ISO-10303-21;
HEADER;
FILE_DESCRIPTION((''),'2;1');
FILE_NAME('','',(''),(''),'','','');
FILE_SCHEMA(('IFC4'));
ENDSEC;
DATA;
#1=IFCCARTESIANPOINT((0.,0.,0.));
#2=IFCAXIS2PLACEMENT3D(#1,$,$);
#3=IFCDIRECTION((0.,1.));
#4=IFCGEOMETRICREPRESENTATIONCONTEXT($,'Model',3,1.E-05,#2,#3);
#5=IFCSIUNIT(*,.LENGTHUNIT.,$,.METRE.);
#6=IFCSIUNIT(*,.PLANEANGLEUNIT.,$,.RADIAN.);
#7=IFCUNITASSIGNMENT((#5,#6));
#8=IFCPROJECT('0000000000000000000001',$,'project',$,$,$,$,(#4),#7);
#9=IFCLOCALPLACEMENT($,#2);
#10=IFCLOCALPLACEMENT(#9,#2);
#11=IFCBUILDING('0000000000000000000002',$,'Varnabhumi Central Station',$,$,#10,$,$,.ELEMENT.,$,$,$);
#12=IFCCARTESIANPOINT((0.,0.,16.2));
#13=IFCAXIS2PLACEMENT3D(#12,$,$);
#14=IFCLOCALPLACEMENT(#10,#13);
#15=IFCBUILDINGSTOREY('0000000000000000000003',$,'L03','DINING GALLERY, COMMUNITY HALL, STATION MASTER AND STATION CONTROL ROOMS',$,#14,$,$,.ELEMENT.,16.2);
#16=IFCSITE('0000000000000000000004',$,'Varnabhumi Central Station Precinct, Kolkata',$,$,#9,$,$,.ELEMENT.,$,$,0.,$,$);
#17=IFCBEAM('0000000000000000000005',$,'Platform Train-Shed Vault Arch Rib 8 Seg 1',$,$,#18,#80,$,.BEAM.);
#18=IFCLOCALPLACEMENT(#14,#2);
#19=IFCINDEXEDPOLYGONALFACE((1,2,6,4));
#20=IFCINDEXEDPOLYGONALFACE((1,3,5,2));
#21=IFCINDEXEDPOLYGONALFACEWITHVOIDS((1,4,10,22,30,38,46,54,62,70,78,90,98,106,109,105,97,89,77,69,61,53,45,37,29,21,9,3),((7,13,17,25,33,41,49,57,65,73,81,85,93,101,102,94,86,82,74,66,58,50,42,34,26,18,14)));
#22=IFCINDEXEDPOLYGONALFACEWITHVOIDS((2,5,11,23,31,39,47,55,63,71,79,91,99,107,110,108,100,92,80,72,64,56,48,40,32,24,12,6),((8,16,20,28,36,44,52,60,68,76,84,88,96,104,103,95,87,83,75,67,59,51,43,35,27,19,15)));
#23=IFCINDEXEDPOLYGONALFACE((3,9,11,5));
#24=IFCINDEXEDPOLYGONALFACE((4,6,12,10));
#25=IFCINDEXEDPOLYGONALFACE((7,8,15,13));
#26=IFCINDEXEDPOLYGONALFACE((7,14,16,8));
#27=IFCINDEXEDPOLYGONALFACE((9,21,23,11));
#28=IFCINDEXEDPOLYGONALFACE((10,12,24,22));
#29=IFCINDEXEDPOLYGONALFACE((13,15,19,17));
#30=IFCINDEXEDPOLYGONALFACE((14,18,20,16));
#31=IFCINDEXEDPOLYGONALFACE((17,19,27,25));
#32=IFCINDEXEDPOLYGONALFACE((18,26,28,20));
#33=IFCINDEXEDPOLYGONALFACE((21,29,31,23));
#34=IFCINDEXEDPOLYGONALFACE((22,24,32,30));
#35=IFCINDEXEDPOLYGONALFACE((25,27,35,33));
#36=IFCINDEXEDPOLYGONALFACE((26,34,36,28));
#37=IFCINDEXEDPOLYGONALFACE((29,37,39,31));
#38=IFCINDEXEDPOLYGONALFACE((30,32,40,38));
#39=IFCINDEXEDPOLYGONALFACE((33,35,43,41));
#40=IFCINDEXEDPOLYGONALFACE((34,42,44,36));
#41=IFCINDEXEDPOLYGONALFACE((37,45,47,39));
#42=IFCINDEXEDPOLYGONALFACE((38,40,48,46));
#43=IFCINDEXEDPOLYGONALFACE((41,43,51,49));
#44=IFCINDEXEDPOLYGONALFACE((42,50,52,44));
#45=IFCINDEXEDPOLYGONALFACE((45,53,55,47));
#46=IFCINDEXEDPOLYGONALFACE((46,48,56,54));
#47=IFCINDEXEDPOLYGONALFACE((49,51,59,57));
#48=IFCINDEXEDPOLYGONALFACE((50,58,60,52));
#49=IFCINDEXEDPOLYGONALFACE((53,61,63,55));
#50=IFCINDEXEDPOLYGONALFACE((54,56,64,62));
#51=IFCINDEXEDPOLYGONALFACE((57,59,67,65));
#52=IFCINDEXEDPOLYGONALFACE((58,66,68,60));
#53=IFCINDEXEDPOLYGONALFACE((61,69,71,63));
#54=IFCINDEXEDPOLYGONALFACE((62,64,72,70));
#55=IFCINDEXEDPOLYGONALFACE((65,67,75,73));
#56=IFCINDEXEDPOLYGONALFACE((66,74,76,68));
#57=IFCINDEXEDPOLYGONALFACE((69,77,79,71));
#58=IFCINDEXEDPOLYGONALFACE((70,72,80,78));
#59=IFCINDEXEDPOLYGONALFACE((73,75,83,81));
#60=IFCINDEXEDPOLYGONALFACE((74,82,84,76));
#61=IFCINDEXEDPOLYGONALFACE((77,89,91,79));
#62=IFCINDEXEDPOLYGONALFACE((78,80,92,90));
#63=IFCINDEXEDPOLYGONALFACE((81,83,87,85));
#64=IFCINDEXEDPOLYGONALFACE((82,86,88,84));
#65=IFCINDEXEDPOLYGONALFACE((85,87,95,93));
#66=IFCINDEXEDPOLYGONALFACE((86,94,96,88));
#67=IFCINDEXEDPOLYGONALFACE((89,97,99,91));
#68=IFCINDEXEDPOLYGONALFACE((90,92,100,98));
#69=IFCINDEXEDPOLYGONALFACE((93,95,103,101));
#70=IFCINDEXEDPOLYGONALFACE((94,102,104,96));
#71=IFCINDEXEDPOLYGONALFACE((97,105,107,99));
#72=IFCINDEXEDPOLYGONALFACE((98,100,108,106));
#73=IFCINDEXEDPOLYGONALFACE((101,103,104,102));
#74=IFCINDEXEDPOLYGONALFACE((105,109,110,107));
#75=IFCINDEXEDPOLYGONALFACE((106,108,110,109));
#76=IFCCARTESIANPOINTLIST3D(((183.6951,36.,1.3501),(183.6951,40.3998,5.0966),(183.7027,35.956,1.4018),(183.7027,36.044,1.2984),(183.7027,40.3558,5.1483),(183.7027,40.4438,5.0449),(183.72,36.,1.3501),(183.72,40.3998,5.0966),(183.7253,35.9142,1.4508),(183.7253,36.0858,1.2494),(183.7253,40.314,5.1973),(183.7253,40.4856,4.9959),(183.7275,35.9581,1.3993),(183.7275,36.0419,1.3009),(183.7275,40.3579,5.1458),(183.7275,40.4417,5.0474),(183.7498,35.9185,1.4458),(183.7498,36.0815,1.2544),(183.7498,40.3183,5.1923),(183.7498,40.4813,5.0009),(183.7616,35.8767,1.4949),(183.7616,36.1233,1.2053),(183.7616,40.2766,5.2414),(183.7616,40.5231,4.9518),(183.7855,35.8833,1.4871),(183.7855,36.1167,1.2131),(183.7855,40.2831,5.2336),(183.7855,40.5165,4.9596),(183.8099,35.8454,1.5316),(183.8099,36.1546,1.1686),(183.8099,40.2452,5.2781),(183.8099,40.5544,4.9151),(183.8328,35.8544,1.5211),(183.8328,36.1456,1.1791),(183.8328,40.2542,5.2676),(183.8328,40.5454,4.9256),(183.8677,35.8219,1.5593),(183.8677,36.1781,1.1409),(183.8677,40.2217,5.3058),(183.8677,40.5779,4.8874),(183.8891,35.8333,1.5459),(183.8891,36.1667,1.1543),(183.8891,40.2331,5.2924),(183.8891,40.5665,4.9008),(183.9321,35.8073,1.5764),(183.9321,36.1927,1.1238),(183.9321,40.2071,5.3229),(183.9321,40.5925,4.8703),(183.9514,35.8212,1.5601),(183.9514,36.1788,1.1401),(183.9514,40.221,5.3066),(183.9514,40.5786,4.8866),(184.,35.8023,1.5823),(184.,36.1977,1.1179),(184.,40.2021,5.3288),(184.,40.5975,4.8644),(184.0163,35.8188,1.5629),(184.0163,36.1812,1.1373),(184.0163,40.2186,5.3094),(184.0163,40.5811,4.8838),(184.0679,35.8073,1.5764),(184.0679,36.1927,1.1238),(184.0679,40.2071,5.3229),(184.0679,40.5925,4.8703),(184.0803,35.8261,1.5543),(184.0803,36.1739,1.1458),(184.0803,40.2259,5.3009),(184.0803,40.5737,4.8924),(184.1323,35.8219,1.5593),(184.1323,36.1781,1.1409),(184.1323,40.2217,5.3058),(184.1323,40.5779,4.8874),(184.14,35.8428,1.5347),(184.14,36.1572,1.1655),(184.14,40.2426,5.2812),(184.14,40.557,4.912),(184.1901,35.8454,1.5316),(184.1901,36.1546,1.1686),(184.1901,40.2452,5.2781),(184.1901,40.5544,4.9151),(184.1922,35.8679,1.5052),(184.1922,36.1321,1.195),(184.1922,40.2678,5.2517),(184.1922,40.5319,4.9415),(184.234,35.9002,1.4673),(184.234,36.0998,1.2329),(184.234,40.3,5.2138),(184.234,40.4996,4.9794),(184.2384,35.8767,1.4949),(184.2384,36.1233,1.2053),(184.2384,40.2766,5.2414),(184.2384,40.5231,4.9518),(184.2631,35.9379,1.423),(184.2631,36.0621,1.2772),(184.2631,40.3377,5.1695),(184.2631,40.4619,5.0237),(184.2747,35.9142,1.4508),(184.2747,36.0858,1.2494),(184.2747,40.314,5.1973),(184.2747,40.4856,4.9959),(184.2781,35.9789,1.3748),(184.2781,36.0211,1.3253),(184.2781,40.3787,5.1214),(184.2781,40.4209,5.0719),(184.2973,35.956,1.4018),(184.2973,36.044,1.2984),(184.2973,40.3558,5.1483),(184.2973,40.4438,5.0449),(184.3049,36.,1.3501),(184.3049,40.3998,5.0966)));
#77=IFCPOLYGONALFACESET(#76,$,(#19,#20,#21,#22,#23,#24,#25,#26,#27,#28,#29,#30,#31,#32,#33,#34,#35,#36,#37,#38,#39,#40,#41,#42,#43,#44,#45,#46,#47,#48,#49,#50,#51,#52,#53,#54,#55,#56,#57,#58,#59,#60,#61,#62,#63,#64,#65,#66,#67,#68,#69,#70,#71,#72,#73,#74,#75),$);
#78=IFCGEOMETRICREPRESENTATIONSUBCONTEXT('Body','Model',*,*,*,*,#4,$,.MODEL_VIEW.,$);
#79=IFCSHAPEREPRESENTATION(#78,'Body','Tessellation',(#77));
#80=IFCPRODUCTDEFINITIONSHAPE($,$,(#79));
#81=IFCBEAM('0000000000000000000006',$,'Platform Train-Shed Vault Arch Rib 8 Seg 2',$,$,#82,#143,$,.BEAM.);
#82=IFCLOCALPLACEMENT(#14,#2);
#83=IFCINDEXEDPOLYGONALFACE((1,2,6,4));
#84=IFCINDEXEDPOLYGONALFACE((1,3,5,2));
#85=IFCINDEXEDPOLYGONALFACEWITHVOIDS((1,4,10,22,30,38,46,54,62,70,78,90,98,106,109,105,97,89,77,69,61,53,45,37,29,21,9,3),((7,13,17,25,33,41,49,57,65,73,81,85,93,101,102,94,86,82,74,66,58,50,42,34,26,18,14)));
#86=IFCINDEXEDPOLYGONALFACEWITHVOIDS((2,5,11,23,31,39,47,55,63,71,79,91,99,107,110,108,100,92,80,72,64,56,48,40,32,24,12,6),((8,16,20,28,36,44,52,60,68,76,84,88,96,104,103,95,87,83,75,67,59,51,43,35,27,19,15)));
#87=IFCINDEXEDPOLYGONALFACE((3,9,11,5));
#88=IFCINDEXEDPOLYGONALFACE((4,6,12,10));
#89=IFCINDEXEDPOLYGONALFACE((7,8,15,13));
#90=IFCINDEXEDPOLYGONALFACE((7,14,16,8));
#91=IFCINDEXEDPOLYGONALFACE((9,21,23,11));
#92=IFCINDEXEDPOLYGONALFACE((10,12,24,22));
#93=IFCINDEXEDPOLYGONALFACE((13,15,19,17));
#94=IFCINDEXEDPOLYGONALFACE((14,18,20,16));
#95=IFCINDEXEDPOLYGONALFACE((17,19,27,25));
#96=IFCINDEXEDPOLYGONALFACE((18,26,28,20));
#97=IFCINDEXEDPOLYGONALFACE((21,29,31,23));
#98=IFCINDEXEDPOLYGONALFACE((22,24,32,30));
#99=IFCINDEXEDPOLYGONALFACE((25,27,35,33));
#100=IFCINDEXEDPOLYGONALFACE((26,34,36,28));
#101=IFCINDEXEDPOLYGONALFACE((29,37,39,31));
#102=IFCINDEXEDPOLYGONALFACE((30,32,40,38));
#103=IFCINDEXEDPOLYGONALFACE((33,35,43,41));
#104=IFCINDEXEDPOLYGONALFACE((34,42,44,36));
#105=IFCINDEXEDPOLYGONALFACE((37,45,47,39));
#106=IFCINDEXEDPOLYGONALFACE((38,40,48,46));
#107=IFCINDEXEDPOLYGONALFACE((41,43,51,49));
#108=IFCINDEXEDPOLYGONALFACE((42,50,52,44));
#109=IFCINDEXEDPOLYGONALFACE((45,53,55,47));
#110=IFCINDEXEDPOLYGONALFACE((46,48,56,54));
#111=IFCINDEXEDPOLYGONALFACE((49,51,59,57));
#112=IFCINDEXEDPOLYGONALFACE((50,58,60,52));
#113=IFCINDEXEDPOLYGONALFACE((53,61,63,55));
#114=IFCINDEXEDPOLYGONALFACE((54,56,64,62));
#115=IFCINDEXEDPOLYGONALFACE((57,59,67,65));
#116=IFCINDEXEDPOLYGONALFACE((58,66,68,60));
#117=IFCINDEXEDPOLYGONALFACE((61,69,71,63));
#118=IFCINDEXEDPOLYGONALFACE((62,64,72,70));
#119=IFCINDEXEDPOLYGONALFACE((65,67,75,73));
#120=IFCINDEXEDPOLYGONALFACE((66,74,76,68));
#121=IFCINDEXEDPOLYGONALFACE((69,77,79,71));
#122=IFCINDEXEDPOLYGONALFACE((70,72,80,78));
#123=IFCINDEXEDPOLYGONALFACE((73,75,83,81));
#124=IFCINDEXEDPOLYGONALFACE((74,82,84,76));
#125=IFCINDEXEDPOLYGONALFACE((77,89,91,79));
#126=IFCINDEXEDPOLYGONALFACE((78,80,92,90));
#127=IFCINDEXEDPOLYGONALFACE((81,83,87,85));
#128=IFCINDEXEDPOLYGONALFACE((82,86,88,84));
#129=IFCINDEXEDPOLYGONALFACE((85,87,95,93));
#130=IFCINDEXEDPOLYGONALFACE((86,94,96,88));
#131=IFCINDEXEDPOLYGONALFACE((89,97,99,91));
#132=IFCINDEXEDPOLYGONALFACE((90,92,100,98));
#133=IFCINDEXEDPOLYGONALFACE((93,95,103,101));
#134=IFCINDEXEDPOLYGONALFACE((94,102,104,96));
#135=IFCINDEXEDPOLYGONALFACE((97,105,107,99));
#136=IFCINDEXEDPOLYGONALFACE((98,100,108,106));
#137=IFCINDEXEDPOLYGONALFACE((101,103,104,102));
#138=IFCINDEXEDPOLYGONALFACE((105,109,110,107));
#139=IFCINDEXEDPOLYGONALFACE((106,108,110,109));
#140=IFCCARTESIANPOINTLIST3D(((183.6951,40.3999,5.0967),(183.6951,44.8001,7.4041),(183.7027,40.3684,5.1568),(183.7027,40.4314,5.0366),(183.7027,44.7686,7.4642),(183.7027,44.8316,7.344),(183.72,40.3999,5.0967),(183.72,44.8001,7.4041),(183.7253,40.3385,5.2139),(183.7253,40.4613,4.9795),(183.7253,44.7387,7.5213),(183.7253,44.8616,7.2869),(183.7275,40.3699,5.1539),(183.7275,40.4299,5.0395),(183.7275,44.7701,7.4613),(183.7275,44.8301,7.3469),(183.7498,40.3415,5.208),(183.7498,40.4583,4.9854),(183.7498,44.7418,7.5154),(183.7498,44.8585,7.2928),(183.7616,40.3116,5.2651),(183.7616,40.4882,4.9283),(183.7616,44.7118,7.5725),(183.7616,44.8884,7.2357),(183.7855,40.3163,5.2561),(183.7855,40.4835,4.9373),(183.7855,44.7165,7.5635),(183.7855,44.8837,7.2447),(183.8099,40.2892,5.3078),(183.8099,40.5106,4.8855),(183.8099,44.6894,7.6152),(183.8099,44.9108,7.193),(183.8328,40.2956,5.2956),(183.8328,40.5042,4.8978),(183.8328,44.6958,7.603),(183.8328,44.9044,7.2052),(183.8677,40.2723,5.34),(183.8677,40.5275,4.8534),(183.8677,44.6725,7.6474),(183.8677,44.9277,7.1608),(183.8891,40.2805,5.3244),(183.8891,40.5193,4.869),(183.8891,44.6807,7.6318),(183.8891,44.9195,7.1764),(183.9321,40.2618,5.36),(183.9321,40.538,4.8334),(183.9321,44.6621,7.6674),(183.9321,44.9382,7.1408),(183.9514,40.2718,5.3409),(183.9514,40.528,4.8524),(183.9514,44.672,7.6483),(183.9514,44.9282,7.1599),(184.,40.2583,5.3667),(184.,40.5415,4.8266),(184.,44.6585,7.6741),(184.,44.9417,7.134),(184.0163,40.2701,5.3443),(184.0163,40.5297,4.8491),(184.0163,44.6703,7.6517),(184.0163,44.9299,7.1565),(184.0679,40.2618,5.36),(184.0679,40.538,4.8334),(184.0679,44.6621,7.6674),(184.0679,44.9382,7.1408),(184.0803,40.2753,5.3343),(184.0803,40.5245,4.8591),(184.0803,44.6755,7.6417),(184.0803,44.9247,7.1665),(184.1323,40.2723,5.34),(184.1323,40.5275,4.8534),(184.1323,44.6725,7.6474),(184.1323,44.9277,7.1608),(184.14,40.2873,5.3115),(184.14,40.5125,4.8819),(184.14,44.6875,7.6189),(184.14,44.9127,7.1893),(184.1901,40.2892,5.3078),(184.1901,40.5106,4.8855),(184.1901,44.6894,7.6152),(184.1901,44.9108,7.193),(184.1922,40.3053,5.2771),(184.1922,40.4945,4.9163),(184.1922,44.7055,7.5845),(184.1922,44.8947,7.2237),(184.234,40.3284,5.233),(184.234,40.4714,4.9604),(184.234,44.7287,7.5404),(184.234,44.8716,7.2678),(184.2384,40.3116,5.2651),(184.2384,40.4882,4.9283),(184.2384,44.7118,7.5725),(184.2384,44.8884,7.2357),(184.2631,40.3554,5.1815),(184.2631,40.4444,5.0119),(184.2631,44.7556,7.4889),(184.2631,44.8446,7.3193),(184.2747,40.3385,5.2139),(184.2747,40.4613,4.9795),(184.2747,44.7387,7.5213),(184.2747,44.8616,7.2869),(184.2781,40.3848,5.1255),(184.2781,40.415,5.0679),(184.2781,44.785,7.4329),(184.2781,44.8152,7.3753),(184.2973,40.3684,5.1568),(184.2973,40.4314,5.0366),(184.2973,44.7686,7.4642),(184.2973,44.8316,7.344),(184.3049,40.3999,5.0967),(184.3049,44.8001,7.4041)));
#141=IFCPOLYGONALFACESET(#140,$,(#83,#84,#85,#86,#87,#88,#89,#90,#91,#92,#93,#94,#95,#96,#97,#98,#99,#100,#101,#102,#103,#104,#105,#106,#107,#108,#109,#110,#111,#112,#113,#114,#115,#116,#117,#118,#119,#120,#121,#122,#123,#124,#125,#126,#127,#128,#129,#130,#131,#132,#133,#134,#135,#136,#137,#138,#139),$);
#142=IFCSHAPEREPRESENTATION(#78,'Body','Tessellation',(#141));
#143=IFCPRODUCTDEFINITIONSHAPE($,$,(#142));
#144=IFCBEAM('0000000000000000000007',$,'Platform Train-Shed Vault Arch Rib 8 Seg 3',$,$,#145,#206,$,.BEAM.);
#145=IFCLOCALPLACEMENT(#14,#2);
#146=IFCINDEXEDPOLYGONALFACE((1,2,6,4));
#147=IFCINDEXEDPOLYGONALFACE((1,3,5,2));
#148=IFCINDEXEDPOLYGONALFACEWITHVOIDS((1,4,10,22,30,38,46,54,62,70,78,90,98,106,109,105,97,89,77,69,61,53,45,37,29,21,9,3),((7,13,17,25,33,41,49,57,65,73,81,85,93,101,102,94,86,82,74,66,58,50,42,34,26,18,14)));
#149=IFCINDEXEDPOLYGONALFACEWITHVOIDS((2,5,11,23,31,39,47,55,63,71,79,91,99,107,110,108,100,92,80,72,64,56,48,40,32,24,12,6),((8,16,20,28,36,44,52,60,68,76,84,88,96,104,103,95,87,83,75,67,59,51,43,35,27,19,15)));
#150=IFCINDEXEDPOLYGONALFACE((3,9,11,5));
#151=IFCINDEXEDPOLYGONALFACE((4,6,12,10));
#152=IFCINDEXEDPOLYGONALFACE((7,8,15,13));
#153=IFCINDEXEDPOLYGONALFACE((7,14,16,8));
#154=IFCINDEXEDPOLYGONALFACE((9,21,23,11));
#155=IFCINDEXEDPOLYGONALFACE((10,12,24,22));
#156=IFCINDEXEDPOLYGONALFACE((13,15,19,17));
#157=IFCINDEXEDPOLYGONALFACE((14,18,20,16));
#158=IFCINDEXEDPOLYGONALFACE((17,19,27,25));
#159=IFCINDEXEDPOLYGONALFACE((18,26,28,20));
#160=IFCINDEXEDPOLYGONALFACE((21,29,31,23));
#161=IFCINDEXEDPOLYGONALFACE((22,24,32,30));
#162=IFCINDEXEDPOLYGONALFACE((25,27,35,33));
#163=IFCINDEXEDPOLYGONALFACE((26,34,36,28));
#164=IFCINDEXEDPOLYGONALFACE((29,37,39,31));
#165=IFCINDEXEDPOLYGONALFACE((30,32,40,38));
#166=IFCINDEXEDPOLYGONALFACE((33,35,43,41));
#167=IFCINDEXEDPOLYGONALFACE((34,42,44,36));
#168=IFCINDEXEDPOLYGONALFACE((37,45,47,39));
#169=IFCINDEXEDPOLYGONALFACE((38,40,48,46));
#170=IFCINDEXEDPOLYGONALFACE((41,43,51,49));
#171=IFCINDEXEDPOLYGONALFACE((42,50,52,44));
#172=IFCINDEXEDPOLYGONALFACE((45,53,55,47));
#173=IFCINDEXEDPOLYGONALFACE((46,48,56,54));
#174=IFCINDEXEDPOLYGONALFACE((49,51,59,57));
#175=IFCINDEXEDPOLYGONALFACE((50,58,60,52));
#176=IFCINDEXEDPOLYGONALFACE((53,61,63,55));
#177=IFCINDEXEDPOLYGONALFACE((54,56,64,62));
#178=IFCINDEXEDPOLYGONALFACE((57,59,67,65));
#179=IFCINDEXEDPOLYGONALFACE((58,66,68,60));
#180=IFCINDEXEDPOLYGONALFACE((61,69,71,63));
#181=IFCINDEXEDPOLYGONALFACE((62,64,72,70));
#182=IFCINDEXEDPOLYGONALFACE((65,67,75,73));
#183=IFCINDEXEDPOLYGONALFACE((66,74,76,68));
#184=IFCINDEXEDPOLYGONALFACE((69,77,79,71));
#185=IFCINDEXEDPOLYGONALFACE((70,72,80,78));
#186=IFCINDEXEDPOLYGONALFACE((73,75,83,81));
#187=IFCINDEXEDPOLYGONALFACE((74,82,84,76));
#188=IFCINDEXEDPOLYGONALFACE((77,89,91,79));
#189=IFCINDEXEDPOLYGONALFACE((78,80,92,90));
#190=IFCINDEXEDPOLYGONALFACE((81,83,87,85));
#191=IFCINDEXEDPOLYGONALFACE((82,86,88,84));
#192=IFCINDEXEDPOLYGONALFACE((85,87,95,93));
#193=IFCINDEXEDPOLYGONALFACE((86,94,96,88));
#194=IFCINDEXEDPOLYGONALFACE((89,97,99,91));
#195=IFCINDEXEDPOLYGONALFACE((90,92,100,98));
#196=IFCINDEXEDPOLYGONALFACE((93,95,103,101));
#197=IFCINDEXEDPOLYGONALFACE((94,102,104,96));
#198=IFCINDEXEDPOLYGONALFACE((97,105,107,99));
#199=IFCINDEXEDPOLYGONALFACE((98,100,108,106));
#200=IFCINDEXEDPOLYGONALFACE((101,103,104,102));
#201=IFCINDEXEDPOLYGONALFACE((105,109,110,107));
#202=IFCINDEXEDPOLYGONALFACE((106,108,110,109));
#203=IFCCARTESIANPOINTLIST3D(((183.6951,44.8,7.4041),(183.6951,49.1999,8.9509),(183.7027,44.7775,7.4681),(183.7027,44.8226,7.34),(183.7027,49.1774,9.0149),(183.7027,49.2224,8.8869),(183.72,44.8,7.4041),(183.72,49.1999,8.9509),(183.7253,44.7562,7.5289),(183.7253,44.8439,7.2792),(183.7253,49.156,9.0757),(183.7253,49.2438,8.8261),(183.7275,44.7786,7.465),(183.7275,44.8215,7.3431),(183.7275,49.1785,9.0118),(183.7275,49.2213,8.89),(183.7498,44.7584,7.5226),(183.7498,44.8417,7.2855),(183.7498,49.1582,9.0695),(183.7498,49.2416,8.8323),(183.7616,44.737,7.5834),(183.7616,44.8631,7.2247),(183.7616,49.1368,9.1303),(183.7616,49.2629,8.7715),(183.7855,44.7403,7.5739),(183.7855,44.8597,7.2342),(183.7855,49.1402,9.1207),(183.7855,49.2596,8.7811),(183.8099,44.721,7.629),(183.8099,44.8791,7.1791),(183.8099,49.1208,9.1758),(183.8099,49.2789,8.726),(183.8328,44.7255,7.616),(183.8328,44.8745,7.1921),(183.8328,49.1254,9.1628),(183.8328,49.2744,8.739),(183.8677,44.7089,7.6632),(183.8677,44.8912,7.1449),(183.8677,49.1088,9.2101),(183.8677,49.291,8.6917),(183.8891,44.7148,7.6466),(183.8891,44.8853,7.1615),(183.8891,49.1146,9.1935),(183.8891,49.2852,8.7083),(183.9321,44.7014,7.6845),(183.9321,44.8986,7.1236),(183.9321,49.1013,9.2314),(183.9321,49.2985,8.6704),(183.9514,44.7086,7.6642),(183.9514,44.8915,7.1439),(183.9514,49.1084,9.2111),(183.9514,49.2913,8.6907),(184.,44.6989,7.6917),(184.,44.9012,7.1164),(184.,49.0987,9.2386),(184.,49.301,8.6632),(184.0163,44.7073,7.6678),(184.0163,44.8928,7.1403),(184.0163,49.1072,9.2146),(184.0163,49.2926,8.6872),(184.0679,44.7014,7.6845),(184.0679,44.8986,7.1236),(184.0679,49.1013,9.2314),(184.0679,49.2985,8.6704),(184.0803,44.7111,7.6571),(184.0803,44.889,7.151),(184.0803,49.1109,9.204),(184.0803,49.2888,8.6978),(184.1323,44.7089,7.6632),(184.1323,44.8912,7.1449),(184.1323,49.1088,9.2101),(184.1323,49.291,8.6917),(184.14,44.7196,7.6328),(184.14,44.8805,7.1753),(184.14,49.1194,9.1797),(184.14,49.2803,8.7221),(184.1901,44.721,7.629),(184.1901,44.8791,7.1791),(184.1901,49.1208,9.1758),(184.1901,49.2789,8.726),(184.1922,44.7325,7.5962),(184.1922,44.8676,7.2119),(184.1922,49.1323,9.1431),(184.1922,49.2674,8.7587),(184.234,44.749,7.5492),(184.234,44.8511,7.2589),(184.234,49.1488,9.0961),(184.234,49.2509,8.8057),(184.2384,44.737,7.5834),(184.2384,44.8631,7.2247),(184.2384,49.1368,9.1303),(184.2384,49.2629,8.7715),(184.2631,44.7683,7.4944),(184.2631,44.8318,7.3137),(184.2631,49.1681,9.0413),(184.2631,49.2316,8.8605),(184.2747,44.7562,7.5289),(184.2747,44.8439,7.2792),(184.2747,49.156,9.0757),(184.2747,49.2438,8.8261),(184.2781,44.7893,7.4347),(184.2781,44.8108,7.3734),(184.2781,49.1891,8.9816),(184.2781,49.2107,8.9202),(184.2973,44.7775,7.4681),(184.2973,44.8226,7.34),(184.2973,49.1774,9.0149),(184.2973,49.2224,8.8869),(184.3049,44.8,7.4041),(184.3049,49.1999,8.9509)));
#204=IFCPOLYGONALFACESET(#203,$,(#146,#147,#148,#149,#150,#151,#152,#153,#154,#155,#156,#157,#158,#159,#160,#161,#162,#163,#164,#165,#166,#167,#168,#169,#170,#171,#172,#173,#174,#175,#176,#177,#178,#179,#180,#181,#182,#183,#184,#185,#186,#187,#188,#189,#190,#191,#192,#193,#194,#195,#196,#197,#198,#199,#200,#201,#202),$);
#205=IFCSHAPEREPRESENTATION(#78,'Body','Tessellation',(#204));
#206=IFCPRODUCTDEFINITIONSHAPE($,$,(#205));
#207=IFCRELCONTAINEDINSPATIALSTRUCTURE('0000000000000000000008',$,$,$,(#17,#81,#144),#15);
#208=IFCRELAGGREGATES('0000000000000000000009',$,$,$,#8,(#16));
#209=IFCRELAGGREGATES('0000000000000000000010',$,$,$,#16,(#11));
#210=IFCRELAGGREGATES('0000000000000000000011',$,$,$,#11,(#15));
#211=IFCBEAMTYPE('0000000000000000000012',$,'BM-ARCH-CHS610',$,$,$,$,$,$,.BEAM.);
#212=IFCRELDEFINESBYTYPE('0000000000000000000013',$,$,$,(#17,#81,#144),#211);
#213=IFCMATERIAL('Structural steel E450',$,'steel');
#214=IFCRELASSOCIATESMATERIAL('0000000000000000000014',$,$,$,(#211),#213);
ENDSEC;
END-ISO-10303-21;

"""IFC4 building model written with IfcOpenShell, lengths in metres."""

from ifc_helpers import new_model, si_unit, direction, frame, origin, origin_2d, place, context, subcontext, project, spatial, hollow_circle, extrude, material, material_profile, profile_set, type_object, element, save


model = new_model("IFC4")

# Units and contexts
model_context = context("Model", 3, precision=1e-05, world=origin(), true_north=direction((0.0, 1.0)))
body_context = subcontext(model_context, "Body", "Model", "MODEL_VIEW")
ifc_project = project(units=[si_unit("LENGTHUNIT", "METRE"), si_unit("PLANEANGLEUNIT", "RADIAN")], contexts=[model_context])

# Site, building, storey
site_placement = place(None, origin())
site = spatial("IfcSite", under=ifc_project, at=site_placement, Name="Varnabhumi Central Station Precinct, Kolkata", CompositionType="ELEMENT", RefElevation=0.0)
building_placement = place(site_placement, origin())
building = spatial("IfcBuilding", under=site, at=building_placement, Name="Varnabhumi Central Station", CompositionType="ELEMENT")
storey_placement = place(building_placement, frame((0.0, 0.0, 16.2)))
storey = spatial("IfcBuildingStorey", under=building, at=storey_placement, Name="L03", Description="DINING GALLERY, COMMUNITY HALL, STATION MASTER AND STATION CONTROL ROOMS", CompositionType="ELEMENT", Elevation=16.2)

# Beams
ifc_material_1 = material(Name="Structural steel E450", Category="steel")
ifc_material_profile_1 = material_profile(ifc_material_1, hollow_circle(Radius=0.3049, WallThickness=0.0249, at=origin_2d()), Name="Structural steel E450", Category="steel")
ifc_profile_set_1 = profile_set([ifc_material_profile_1], Name="Structural steel E450")
beam_type_1 = type_object("IfcBeamType", Name="BM-ARCH-CHS610", PredefinedType="BEAM", material=ifc_profile_set_1)
beam_1_placement = place(storey_placement, frame((184.0, 36.0, 1.3501), z_axis=(0.0, 0.76137, 0.648318), x_axis=(-1.0, 0.0, 0.0)))
element("IfcBeam", 1, at=beam_1_placement, inside=storey, type_object=beam_type_1, Name="Platform Train-Shed Vault Arch Rib 8 Seg 1", PredefinedType="BEAM", context=body_context, shape_type="SweptSolid", body=[
    extrude(hollow_circle(Radius=0.3049, WallThickness=0.0249, at=origin_2d()), origin(), (0.0, 0.0, 1.0), 5.7788),
])
beam_2_placement = place(storey_placement, frame((184.0, 40.3999, 5.0967), z_axis=(0.0, 0.885622, 0.464407), x_axis=(-1.0, 0.0, 0.0)))
element("IfcBeam", 2, at=beam_2_placement, inside=storey, type_object=beam_type_1, Name="Platform Train-Shed Vault Arch Rib 8 Seg 2", PredefinedType="BEAM", context=body_context, shape_type="SweptSolid", body=[
    extrude(hollow_circle(Radius=0.3049, WallThickness=0.0249, at=origin_2d()), origin(), (0.0, 0.0, 1.0), 4.9685),
])
beam_3_placement = place(storey_placement, frame((184.0, 44.8, 7.4041), z_axis=(0.0, 0.943396, 0.33167), x_axis=(-1.0, 0.0, 0.0)))
element("IfcBeam", 3, at=beam_3_placement, inside=storey, type_object=beam_type_1, Name="Platform Train-Shed Vault Arch Rib 8 Seg 3", PredefinedType="BEAM", context=body_context, shape_type="SweptSolid", body=[
    extrude(hollow_circle(Radius=0.3049, WallThickness=0.0249, at=origin_2d()), origin(), (0.0, 0.0, 1.0), 4.6638),
])

save(model, "model.ifc")
